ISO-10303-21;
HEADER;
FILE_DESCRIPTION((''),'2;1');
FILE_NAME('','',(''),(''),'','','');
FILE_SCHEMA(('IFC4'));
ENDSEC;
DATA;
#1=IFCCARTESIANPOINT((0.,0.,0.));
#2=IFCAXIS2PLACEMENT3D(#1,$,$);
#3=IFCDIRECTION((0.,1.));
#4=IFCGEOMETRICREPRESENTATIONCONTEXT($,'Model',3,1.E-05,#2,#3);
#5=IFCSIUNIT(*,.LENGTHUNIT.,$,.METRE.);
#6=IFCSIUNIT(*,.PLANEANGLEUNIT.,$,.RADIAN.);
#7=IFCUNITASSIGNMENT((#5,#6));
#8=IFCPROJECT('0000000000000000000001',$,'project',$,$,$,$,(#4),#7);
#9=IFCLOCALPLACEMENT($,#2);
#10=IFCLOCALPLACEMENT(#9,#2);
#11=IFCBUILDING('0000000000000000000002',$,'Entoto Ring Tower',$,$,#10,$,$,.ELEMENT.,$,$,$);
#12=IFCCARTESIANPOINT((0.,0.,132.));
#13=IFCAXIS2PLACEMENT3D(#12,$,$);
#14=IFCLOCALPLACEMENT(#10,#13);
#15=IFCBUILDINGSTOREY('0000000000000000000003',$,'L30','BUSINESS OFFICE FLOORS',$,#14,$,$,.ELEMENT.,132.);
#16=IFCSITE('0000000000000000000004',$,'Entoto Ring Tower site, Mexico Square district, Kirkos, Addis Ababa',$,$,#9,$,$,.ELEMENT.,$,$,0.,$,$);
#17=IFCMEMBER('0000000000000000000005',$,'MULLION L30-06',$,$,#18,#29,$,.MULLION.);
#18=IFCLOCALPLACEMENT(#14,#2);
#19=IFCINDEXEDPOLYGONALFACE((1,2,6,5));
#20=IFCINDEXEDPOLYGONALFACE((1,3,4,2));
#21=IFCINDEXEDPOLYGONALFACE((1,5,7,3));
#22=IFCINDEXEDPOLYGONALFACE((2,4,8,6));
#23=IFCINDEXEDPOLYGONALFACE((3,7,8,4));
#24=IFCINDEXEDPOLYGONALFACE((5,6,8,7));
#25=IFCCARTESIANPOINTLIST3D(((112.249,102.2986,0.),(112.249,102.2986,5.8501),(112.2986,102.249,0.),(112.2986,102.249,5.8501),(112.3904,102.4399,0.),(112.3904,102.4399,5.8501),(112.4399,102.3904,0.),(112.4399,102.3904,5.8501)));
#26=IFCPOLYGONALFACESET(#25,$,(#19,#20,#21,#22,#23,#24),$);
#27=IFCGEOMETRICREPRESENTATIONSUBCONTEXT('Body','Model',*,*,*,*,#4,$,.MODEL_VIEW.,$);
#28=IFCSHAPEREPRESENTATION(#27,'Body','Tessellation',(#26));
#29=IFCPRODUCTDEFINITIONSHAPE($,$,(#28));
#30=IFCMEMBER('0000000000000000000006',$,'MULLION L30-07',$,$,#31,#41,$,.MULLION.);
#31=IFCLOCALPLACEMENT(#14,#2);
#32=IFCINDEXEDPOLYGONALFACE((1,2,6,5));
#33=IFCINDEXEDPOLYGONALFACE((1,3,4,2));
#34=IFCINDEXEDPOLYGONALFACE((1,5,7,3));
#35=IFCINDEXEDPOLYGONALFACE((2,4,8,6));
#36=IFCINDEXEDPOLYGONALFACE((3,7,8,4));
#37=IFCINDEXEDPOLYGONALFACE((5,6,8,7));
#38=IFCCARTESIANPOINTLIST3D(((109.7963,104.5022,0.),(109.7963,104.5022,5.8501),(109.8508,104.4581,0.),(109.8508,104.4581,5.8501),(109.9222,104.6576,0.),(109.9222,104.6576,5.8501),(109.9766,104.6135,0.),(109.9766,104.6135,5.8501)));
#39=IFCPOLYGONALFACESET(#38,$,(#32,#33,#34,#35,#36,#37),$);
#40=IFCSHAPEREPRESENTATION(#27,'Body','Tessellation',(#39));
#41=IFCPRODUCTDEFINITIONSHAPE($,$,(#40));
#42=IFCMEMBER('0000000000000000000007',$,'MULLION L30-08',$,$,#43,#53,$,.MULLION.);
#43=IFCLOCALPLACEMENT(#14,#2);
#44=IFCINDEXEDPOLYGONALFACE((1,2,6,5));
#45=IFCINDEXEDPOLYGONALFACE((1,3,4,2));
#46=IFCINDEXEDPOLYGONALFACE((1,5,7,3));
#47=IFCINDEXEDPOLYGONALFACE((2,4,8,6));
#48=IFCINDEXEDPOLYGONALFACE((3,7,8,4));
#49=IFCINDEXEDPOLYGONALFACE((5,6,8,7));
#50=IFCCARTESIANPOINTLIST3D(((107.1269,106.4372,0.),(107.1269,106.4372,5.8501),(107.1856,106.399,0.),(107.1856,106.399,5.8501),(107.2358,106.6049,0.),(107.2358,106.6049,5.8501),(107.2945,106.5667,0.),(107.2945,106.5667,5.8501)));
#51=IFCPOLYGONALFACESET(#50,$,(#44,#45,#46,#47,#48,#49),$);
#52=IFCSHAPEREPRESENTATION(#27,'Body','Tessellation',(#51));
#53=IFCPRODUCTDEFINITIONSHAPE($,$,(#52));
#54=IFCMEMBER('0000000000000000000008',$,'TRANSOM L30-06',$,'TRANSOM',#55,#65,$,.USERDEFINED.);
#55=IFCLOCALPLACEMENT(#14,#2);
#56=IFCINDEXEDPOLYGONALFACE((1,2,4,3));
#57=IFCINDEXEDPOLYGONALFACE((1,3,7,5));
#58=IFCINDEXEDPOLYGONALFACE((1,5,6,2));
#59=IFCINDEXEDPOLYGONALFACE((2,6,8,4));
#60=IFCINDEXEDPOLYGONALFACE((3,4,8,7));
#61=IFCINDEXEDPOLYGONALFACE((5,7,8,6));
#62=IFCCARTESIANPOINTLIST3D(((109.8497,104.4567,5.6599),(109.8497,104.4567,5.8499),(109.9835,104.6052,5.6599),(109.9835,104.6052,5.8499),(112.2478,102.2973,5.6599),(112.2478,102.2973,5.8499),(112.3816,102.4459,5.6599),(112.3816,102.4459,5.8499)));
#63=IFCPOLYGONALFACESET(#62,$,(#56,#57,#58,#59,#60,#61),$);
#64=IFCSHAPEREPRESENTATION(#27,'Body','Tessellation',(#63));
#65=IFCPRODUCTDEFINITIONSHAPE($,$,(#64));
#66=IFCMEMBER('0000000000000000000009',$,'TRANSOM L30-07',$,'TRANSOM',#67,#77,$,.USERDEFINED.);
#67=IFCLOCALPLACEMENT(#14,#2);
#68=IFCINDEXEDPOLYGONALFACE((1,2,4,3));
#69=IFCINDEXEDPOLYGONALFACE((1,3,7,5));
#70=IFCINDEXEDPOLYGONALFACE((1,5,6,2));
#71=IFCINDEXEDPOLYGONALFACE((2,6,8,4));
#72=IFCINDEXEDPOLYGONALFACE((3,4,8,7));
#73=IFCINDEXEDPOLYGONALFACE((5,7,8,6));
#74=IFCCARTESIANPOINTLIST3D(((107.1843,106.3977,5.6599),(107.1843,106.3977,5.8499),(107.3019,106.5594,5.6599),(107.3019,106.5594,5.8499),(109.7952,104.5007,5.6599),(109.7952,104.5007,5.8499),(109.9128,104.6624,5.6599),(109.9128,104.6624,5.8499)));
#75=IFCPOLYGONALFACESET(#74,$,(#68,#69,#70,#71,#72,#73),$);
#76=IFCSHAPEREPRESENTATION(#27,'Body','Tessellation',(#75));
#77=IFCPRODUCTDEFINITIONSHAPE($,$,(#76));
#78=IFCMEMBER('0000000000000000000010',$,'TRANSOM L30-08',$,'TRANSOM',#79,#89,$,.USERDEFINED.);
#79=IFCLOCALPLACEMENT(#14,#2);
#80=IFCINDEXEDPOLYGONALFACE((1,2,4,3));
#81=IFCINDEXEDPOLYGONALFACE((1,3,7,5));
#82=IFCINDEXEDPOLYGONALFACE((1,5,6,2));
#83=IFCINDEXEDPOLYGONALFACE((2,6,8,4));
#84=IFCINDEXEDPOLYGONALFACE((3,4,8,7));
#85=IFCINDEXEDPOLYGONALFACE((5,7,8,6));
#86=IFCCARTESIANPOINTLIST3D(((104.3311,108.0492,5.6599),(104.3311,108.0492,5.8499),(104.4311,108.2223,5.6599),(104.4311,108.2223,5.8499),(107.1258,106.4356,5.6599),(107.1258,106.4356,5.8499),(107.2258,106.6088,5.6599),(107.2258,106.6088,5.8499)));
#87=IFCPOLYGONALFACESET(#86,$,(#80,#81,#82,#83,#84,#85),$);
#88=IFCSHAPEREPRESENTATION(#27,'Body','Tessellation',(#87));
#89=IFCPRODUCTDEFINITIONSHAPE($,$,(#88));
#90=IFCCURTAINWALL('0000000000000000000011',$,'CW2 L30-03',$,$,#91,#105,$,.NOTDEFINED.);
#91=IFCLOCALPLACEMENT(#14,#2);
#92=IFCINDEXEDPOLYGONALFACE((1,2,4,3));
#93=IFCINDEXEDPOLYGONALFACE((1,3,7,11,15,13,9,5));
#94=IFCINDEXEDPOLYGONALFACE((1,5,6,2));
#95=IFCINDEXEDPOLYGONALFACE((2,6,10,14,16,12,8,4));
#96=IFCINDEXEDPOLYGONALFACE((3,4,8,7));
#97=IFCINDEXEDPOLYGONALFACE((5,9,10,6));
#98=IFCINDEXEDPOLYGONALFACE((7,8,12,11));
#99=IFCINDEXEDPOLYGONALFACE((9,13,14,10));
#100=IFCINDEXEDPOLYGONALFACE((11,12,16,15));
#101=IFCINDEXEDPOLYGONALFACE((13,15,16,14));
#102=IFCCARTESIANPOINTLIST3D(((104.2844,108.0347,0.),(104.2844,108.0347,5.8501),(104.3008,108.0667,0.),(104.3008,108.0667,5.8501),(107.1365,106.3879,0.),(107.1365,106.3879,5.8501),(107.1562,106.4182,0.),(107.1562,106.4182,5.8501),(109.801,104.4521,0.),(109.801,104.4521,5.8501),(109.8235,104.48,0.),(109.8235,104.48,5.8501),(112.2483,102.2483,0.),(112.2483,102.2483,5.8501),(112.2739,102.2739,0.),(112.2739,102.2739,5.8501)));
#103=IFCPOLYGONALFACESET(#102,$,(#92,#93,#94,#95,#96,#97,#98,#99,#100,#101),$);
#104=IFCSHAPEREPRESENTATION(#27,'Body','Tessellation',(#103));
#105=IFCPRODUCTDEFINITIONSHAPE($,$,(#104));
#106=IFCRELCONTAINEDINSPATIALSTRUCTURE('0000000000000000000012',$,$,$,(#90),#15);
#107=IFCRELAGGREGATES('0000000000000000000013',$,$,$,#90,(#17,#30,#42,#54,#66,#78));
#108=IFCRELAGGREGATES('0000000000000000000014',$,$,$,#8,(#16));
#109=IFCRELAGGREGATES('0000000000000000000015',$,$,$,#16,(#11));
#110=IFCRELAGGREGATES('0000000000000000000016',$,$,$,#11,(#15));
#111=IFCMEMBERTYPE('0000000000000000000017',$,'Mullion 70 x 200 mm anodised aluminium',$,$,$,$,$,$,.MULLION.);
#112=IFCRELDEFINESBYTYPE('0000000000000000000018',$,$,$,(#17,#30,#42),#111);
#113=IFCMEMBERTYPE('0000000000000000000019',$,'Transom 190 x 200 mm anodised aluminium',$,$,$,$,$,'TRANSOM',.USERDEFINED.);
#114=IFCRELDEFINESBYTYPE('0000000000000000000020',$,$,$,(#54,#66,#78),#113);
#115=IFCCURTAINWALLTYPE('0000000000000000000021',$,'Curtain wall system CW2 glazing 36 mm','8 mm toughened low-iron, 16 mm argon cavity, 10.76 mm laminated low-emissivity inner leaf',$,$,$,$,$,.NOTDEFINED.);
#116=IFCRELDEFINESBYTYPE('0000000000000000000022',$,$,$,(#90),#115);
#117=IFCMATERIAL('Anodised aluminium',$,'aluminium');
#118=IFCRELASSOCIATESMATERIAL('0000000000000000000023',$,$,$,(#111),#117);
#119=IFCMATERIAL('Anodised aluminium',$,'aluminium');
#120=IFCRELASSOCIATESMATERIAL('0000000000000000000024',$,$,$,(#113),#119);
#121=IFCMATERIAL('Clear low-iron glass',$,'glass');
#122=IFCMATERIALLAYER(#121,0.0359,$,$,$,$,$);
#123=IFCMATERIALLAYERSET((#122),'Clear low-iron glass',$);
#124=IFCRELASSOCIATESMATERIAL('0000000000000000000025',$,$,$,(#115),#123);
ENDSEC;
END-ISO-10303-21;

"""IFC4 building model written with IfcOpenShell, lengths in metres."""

from ifc_helpers import new_model, si_unit, direction, frame, origin, origin_2d, place, context, subcontext, project, spatial, polyline, rectangle, outline, extrude, material, layer, layer_set, material_profile, profile_set, type_object, element, aggregate, save


model = new_model("IFC4")

# Units and contexts
model_context = context("Model", 3, precision=1e-05, world=origin(), true_north=direction((0.0, 1.0)))
body_context = subcontext(model_context, "Body", "Model", "MODEL_VIEW")
ifc_project = project(units=[si_unit("LENGTHUNIT", "METRE"), si_unit("PLANEANGLEUNIT", "RADIAN")], contexts=[model_context])

# Members
ifc_material_1 = material(Name="Anodised aluminium", Category="aluminium")
ifc_material_profile_1 = material_profile(ifc_material_1, rectangle(XDim=0.0701, YDim=0.2, at=origin_2d()), Name="Mullion 70 x 200 mm anodised aluminium")
ifc_profile_set_1 = profile_set([ifc_material_profile_1], Name="Anodised aluminium")
member_type_1 = type_object("IfcMemberType", Name="Mullion 70 x 200 mm anodised aluminium", PredefinedType="MULLION", material=ifc_profile_set_1)
site_placement = place(None, origin())
building_placement = place(site_placement, origin())
storey_placement = place(building_placement, frame((0.0, 0.0, 132.0)))
member_1_placement = place(storey_placement, frame((112.3445, 102.3445, 0.0), z_axis=(0.0, 0.0, 1.0), x_axis=(-0.707107, 0.707107, 0.0)))
member_1 = element("IfcMember", 1, at=member_1_placement, type_object=member_type_1, Name="MULLION L30-06", PredefinedType="MULLION", context=body_context, shape_type="SweptSolid", body=[
    extrude(rectangle(XDim=0.0701, YDim=0.2, at=origin_2d()), origin(), (0.0, 0.0, 1.0), 5.8501),
])
member_2_placement = place(storey_placement, frame((109.8865, 104.5579, 0.0), z_axis=(0.0, 0.0, 1.0), x_axis=(-0.777146, 0.62932, 0.0)))
member_2 = element("IfcMember", 2, at=member_2_placement, type_object=member_type_1, Name="MULLION L30-07", PredefinedType="MULLION", context=body_context, shape_type="SweptSolid", body=[
    extrude(rectangle(XDim=0.0701, YDim=0.2, at=origin_2d()), origin(), (0.0, 0.0, 1.0), 5.8501),
])
member_3_placement = place(storey_placement, frame((107.2107, 106.502, 0.0), z_axis=(0.0, 0.0, 1.0), x_axis=(-0.838671, 0.544639, 0.0)))
member_3 = element("IfcMember", 3, at=member_3_placement, type_object=member_type_1, Name="MULLION L30-08", PredefinedType="MULLION", context=body_context, shape_type="SweptSolid", body=[
    extrude(rectangle(XDim=0.0701, YDim=0.2, at=origin_2d()), origin(), (0.0, 0.0, 1.0), 5.8501),
])
ifc_material_2 = material(Name="Anodised aluminium", Category="aluminium")
ifc_material_profile_2 = material_profile(ifc_material_2, rectangle(XDim=0.2, YDim=0.1899, at=origin_2d()), Name="Transom 190 x 200 mm anodised aluminium")
ifc_profile_set_2 = profile_set([ifc_material_profile_2], Name="Anodised aluminium")
member_type_2 = type_object("IfcMemberType", Name="Transom 190 x 200 mm anodised aluminium", ElementType="TRANSOM", PredefinedType="USERDEFINED", material=ifc_profile_set_2)
member_4_placement = place(storey_placement, frame((112.3147, 102.3716, 5.7549), z_axis=(-0.743132, 0.669144, 0.0), x_axis=(-0.669144, -0.743132, 0.0)))
member_4 = element("IfcMember", 4, at=member_4_placement, type_object=member_type_2, Name="TRANSOM L30-06", ObjectType="TRANSOM", PredefinedType="USERDEFINED", context=body_context, shape_type="SweptSolid", body=[
    extrude(rectangle(XDim=0.2, YDim=0.1899, at=origin_2d()), origin(), (0.0, 0.0, 1.0), 3.2271),
])
member_5_placement = place(storey_placement, frame((109.854, 104.5815, 5.7549), z_axis=(-0.809004, 0.587803, 0.0), x_axis=(-0.587803, -0.809004, 0.0)))
member_5 = element("IfcMember", 5, at=member_5_placement, type_object=member_type_2, Name="TRANSOM L30-07", ObjectType="TRANSOM", PredefinedType="USERDEFINED", context=body_context, shape_type="SweptSolid", body=[
    extrude(rectangle(XDim=0.2, YDim=0.1899, at=origin_2d()), origin(), (0.0, 0.0, 1.0), 3.2273),
])
member_6_placement = place(storey_placement, frame((107.1758, 106.5222, 5.7549), z_axis=(-0.866023, 0.500004, 0.0), x_axis=(-0.500004, -0.866023, 0.0)))
member_6 = element("IfcMember", 6, at=member_6_placement, type_object=member_type_2, Name="TRANSOM L30-08", ObjectType="TRANSOM", PredefinedType="USERDEFINED", context=body_context, shape_type="SweptSolid", body=[
    extrude(rectangle(XDim=0.2, YDim=0.1899, at=origin_2d()), origin(), (0.0, 0.0, 1.0), 3.2271),
])

# Site, building, storey
site = spatial("IfcSite", under=ifc_project, at=site_placement, Name="Entoto Ring Tower site, Mexico Square district, Kirkos, Addis Ababa", CompositionType="ELEMENT", RefElevation=0.0)
building = spatial("IfcBuilding", under=site, at=building_placement, Name="Entoto Ring Tower", CompositionType="ELEMENT")
storey = spatial("IfcBuildingStorey", under=building, at=storey_placement, Name="L30", Description="BUSINESS OFFICE FLOORS", CompositionType="ELEMENT", Elevation=132.0)

# Curtain wall
ifc_material_3 = material(Name="Clear low-iron glass", Category="glass")
ifc_layer_1 = layer(ifc_material_3, 0.0359)
ifc_layer_set_1 = layer_set([ifc_layer_1], Name="Clear low-iron glass")
curtain_wall_type = type_object("IfcCurtainWallType", Name="Curtain wall system CW2 glazing 36 mm", Description="8 mm toughened low-iron, 16 mm argon cavity, 10.76 mm laminated low-emissivity inner leaf", PredefinedType="NOTDEFINED", material=ifc_layer_set_1)
curtain_wall_1_placement = place(storey_placement, origin())
curtain_wall_1 = element("IfcCurtainWall", 7, at=curtain_wall_1_placement, inside=storey, type_object=curtain_wall_type, Name="CW2 L30-03", PredefinedType="NOTDEFINED", context=body_context, shape_type="SweptSolid", body=[
    extrude(outline(polyline([(112.2739, 102.2739), (109.8235, 104.48), (107.1562, 106.4182), (104.3008, 108.0667), (104.2844, 108.0347), (107.1365, 106.3879), (109.801, 104.4521), (112.2483, 102.2483), (112.2739, 102.2739)])), origin(), (0.0, 0.0, 1.0), 5.8501),
])
aggregate(curtain_wall_1, [member_1, member_2, member_3, member_4, member_5, member_6])

save(model, "model.ifc")
